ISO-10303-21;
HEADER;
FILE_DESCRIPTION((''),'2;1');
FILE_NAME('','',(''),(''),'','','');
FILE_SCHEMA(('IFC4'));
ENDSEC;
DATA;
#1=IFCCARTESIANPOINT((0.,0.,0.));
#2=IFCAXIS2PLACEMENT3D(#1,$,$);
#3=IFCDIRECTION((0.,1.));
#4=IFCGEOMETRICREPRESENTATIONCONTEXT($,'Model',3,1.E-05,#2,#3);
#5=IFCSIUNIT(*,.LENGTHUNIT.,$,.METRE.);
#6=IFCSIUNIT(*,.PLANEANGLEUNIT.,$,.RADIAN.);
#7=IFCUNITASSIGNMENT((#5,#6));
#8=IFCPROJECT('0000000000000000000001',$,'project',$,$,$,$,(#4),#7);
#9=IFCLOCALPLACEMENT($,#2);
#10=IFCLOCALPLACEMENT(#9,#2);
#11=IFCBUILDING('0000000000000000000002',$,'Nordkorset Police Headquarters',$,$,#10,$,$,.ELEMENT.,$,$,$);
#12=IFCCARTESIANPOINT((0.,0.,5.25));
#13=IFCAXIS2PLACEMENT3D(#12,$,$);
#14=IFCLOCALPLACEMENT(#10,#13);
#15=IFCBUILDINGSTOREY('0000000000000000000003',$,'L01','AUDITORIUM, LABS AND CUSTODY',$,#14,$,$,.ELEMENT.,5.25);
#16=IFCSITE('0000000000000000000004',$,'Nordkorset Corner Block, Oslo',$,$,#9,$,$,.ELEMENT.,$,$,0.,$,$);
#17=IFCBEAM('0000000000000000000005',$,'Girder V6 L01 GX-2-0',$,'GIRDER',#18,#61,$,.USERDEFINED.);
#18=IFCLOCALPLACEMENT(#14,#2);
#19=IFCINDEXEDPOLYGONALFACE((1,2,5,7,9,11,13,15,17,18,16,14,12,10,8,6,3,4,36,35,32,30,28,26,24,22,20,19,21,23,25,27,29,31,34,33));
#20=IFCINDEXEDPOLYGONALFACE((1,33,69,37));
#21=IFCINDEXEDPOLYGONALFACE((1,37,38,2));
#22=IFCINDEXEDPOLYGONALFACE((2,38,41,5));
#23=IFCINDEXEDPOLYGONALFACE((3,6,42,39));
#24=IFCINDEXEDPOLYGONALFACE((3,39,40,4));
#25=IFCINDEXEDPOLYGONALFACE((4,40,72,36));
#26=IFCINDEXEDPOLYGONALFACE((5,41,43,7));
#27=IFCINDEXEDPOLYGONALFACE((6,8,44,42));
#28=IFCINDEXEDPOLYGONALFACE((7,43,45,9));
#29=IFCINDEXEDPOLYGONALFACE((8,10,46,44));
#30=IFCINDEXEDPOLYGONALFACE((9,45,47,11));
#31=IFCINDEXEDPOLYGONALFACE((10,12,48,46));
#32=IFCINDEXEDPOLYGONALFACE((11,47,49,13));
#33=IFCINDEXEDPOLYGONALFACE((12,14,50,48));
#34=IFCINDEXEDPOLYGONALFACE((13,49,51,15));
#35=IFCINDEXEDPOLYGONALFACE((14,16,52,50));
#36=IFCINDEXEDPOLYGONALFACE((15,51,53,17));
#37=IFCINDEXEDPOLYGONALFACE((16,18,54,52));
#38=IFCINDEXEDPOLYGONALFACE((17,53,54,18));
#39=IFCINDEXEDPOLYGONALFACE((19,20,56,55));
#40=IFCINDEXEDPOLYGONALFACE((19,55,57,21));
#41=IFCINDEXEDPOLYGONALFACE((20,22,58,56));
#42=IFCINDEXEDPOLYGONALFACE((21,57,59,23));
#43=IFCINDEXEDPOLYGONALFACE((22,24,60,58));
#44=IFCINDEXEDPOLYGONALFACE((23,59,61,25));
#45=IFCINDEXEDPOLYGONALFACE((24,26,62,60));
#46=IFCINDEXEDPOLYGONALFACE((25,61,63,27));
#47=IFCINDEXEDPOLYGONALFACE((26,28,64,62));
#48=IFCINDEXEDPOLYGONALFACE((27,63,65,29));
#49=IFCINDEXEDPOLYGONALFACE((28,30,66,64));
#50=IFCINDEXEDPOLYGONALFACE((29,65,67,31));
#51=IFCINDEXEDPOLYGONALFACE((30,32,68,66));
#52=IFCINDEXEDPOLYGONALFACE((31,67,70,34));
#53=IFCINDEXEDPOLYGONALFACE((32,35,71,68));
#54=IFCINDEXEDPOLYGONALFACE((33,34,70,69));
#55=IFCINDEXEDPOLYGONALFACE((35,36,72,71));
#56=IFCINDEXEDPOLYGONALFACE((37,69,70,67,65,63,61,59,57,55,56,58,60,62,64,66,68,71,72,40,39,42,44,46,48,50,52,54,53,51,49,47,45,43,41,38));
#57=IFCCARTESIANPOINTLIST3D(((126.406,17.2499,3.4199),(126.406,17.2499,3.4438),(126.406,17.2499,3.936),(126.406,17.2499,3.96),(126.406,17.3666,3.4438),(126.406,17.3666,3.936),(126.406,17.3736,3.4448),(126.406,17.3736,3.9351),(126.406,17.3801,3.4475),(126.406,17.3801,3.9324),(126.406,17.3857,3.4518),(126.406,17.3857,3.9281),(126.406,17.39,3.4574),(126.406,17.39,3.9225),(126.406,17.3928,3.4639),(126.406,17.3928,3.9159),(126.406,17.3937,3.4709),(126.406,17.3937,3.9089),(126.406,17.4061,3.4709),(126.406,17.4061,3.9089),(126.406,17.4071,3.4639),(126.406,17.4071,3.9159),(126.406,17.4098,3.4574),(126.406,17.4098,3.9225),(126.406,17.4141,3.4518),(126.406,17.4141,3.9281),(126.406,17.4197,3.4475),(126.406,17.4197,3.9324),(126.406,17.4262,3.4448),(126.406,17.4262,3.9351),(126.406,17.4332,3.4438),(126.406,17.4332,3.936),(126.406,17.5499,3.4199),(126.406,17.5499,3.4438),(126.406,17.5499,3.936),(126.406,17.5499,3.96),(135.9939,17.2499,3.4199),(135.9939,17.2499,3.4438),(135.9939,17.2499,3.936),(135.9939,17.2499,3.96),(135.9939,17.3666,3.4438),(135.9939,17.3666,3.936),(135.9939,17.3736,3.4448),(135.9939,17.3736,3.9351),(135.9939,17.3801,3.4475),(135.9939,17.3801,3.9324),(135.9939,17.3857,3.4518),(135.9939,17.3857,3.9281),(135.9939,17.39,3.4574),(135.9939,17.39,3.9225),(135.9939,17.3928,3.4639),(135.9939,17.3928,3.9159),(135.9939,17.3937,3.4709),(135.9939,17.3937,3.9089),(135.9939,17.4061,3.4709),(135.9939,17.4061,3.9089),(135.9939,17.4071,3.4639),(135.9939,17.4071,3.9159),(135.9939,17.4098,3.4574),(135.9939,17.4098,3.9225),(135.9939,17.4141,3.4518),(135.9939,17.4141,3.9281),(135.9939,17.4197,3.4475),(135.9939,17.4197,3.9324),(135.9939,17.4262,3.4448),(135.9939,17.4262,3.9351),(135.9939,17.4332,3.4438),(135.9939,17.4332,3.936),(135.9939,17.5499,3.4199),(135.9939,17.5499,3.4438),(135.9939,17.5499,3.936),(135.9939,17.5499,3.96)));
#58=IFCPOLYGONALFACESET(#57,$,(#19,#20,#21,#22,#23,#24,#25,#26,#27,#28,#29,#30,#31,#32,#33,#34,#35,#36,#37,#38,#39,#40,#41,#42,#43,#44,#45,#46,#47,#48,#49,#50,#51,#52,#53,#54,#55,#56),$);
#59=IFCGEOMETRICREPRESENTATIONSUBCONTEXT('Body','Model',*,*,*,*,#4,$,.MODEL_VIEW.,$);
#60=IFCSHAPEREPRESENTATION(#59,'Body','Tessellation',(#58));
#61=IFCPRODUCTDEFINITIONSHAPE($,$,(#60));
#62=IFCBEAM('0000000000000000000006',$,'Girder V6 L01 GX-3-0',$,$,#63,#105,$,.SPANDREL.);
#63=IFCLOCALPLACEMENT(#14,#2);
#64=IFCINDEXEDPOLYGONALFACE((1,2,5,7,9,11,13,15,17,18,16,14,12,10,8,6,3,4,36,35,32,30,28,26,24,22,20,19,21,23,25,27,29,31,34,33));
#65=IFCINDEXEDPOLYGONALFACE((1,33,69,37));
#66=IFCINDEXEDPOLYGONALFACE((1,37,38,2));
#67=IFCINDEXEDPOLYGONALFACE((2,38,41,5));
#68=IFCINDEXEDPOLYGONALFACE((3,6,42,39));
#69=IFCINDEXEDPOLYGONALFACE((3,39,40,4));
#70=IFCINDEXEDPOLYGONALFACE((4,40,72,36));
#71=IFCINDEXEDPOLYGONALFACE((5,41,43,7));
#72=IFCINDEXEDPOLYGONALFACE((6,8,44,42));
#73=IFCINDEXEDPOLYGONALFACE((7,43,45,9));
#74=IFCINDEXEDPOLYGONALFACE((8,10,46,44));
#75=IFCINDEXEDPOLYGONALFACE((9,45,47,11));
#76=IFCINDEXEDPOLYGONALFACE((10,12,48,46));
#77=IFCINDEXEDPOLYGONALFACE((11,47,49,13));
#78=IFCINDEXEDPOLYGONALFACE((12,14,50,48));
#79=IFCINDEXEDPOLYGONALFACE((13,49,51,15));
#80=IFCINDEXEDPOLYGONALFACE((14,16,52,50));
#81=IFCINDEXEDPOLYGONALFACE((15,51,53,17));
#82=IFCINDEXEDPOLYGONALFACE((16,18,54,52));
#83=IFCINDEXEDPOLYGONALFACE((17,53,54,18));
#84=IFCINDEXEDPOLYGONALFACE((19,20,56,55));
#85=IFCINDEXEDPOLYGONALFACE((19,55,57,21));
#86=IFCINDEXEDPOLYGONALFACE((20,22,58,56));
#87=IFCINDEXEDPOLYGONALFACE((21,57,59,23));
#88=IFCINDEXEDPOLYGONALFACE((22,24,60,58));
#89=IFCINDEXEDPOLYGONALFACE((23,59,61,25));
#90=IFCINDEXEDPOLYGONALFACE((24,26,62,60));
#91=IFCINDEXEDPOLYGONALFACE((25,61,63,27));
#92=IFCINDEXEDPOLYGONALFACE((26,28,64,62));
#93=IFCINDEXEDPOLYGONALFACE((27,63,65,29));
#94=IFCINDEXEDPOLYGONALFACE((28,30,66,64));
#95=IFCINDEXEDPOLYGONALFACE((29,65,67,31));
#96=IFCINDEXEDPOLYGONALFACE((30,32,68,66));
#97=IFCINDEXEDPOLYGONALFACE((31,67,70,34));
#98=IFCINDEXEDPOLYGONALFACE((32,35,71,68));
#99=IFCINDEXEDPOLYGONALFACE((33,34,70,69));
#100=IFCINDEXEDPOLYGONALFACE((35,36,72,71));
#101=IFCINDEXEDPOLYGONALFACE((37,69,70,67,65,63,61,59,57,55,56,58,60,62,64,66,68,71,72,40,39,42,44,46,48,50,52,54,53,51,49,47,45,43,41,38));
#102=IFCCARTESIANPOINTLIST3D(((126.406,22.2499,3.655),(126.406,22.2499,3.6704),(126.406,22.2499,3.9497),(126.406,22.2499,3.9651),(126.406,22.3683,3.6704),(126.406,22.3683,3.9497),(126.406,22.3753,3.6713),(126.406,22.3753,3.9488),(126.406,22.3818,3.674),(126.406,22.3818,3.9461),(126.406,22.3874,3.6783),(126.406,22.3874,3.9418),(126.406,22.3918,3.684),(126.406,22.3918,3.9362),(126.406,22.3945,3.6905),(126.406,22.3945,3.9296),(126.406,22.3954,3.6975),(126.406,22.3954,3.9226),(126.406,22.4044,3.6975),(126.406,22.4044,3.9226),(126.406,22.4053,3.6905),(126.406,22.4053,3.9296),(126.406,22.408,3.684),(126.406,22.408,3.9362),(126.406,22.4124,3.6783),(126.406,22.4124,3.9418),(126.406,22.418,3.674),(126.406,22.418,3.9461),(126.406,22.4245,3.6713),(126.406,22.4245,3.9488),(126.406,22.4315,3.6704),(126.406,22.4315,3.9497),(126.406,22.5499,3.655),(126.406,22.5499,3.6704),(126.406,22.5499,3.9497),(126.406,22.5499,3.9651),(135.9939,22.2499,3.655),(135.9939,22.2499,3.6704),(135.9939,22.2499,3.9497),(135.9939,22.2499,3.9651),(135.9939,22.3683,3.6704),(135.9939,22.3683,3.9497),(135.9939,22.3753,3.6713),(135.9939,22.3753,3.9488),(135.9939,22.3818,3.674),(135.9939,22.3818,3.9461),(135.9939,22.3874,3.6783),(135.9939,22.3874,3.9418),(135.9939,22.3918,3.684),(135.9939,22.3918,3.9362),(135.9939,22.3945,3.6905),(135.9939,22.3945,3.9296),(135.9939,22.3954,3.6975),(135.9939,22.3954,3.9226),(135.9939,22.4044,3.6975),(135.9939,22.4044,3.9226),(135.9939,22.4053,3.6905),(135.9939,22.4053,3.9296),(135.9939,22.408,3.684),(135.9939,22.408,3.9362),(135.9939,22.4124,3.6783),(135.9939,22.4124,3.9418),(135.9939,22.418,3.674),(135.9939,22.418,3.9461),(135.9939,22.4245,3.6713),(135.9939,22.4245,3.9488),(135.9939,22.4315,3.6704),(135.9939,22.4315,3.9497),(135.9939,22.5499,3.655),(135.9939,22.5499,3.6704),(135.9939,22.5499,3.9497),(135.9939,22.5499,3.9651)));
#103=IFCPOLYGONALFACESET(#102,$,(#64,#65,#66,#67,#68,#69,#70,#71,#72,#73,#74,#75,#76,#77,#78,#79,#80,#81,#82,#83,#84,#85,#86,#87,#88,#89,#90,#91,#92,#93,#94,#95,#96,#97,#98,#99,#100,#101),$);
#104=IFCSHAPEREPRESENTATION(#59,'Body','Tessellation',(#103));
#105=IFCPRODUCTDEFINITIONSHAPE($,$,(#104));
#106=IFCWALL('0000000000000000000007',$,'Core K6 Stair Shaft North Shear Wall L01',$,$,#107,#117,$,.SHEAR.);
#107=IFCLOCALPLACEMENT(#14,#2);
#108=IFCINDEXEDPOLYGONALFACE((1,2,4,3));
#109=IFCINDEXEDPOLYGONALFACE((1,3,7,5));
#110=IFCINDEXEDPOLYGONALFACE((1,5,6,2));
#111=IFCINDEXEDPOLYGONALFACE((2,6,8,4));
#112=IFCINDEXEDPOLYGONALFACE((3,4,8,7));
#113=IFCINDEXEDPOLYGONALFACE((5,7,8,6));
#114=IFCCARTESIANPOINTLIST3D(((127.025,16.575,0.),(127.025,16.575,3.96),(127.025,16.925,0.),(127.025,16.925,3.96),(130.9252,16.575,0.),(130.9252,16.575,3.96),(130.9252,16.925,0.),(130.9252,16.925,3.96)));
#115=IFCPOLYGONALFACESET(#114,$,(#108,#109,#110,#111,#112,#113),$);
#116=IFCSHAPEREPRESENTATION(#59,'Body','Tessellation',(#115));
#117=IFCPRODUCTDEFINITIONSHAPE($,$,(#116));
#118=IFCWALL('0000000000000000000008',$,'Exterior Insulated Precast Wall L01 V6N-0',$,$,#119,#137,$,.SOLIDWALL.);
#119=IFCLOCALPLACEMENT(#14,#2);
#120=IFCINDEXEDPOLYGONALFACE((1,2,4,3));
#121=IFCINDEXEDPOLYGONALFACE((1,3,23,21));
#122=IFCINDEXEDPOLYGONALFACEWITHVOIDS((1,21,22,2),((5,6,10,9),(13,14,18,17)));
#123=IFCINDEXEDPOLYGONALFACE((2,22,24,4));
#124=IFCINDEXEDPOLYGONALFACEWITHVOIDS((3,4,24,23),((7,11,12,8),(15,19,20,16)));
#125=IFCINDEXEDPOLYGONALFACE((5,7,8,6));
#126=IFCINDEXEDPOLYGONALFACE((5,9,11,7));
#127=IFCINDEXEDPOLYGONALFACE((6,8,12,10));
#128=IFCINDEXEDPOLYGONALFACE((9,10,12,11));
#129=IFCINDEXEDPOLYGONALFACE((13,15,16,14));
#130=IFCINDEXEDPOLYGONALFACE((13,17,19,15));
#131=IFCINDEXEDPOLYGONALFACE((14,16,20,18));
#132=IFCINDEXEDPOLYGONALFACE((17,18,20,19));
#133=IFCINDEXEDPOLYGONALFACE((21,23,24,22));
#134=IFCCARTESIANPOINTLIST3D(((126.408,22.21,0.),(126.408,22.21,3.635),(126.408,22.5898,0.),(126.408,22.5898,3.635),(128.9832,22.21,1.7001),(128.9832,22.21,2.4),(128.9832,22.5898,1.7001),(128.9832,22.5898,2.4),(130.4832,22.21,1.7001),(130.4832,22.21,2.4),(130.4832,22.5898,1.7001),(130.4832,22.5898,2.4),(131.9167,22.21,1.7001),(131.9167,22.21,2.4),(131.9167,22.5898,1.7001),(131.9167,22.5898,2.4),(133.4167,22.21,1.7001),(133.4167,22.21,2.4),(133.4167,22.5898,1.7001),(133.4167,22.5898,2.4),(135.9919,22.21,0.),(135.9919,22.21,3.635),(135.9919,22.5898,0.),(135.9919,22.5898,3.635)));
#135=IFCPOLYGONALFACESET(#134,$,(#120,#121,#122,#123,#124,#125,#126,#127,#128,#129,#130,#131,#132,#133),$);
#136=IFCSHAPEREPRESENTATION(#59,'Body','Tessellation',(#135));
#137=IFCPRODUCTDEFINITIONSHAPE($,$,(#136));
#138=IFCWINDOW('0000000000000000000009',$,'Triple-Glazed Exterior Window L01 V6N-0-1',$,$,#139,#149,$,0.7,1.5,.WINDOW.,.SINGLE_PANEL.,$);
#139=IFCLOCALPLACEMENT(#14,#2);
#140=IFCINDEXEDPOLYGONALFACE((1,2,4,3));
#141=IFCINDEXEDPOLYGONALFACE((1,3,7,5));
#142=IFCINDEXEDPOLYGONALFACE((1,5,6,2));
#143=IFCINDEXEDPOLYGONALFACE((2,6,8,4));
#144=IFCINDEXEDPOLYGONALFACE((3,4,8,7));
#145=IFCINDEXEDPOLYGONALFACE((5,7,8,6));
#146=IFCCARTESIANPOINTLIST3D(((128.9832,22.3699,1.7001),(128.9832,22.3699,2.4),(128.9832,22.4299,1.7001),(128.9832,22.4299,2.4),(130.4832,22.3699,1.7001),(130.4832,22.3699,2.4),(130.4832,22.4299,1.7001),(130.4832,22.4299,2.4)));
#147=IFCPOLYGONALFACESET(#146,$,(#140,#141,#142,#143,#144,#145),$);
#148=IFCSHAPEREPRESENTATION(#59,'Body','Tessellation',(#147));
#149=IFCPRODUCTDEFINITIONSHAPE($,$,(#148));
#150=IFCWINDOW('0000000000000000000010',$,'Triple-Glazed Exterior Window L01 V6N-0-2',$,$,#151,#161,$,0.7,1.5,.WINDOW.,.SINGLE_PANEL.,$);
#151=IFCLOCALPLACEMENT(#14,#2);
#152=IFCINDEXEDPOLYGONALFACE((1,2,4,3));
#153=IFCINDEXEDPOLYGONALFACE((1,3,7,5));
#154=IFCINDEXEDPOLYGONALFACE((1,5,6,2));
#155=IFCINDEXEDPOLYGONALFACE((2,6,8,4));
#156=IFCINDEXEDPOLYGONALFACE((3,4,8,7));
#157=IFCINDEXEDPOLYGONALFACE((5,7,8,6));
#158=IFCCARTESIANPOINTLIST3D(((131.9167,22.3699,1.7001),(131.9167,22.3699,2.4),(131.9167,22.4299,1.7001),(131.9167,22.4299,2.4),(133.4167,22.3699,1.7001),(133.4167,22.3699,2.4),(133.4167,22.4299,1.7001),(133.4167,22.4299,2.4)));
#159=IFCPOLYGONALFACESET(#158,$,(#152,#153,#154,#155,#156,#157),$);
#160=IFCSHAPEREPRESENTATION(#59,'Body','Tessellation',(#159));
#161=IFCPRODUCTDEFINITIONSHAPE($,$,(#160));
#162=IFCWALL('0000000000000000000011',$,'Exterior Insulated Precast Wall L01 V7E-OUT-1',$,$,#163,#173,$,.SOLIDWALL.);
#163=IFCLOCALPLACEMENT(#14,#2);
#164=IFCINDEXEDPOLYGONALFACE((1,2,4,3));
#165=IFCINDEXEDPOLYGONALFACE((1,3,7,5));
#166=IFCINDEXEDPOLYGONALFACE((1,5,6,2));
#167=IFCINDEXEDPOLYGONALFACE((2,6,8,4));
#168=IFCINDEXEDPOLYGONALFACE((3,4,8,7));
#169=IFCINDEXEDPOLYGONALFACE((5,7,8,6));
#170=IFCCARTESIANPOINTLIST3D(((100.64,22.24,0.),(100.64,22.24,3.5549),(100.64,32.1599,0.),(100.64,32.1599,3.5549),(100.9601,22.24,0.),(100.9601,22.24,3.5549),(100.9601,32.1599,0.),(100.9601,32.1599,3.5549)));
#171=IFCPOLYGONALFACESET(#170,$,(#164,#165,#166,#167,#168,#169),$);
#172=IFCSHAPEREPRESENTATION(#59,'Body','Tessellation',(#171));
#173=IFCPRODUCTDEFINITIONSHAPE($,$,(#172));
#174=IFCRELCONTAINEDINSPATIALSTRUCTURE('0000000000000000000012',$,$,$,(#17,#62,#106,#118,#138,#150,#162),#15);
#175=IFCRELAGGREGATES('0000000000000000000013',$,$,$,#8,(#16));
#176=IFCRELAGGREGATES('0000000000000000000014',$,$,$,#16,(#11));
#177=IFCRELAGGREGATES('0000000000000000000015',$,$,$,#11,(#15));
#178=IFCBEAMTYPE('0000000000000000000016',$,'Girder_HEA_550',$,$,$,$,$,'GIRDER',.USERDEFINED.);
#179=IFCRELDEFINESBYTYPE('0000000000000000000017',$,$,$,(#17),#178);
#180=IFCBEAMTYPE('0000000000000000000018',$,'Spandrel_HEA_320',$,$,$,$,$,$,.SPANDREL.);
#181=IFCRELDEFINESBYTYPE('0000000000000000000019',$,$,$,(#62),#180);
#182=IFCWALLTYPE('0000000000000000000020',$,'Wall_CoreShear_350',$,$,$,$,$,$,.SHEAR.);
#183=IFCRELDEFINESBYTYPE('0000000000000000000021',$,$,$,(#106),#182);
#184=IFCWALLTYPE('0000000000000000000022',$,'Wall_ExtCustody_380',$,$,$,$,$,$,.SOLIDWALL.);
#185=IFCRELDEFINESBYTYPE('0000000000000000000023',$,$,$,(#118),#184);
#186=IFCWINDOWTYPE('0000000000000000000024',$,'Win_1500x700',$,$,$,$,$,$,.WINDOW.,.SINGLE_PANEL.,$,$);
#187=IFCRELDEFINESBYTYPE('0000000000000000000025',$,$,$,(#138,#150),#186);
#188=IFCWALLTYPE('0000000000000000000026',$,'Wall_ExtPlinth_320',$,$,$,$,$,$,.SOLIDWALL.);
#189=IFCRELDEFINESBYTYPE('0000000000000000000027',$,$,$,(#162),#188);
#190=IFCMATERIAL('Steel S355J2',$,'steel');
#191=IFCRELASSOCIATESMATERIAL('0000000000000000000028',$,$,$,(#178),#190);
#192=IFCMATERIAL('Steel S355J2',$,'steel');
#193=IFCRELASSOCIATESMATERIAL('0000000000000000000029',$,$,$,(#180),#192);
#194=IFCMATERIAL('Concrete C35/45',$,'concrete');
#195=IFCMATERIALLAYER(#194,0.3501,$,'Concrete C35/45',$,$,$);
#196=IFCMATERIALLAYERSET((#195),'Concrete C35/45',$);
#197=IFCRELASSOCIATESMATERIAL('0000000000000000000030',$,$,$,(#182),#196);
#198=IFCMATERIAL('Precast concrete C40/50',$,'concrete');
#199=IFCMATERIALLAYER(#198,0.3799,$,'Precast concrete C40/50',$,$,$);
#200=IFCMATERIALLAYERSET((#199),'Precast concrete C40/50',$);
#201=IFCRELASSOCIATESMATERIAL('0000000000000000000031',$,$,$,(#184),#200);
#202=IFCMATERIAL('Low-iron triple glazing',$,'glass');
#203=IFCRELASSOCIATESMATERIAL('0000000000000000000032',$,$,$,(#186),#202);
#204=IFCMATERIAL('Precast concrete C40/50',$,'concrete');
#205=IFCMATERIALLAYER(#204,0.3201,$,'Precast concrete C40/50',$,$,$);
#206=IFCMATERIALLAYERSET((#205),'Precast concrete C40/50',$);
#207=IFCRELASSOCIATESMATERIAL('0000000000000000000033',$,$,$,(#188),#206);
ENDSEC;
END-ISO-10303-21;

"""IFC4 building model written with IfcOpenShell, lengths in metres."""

from ifc_helpers import new_model, si_unit, direction, frame, frame_2d, origin, origin_2d, place, context, subcontext, project, spatial, rectangle, i_section, extrude, material, layer, layer_set, material_profile, profile_set, type_object, element, fill, save


model = new_model("IFC4")

# Units and contexts
model_context = context("Model", 3, precision=1e-05, world=origin(), true_north=direction((0.0, 1.0)))
body_context = subcontext(model_context, "Body", "Model", "MODEL_VIEW")
ifc_project = project(units=[si_unit("LENGTHUNIT", "METRE"), si_unit("PLANEANGLEUNIT", "RADIAN")], contexts=[model_context])

# Site, building, storey
site_placement = place(None, origin())
site = spatial("IfcSite", under=ifc_project, at=site_placement, Name="Nordkorset Corner Block, Oslo", CompositionType="ELEMENT", RefElevation=0.0)
building_placement = place(site_placement, origin())
building = spatial("IfcBuilding", under=site, at=building_placement, Name="Nordkorset Police Headquarters", CompositionType="ELEMENT")
storey_placement = place(building_placement, frame((0.0, 0.0, 5.25)))
storey = spatial("IfcBuildingStorey", under=building, at=storey_placement, Name="L01", Description="AUDITORIUM, LABS AND CUSTODY", CompositionType="ELEMENT", Elevation=5.25)

# Beams
ifc_material_1 = material(Name="Steel S355J2", Category="steel")
ifc_material_profile_1 = material_profile(ifc_material_1, i_section(OverallWidth=0.3, OverallDepth=0.54, WebThickness=0.0125, FlangeThickness=0.0239, FilletRadius=0.0271, at=origin_2d()), Name="HEA 550")
ifc_profile_set_1 = profile_set([ifc_material_profile_1], Name="Steel S355J2")
beam_type_1 = type_object("IfcBeamType", Name="Girder_HEA_550", ElementType="GIRDER", PredefinedType="USERDEFINED", material=ifc_profile_set_1)
beam_1_placement = place(storey_placement, frame((126.406, 17.3999, 3.6899), z_axis=(1.0, 0.0, 0.0), x_axis=(0.0, 1.0, 0.0)))
element("IfcBeam", 1, at=beam_1_placement, inside=storey, type_object=beam_type_1, Name="Girder V6 L01 GX-2-0", ObjectType="GIRDER", PredefinedType="USERDEFINED", context=body_context, shape_type="SweptSolid", body=[
    extrude(i_section(OverallWidth=0.3, OverallDepth=0.54, WebThickness=0.0125, FlangeThickness=0.0239, FilletRadius=0.0271, at=origin_2d()), origin(), (0.0, 0.0, 1.0), 9.5879),
])
ifc_material_2 = material(Name="Steel S355J2", Category="steel")
ifc_material_profile_2 = material_profile(ifc_material_2, i_section(OverallWidth=0.3, OverallDepth=0.3101, WebThickness=0.009, FlangeThickness=0.0154, FilletRadius=0.0271, at=origin_2d()), Name="HEA 320")
ifc_profile_set_2 = profile_set([ifc_material_profile_2], Name="Steel S355J2")
beam_type_2 = type_object("IfcBeamType", Name="Spandrel_HEA_320", PredefinedType="SPANDREL", material=ifc_profile_set_2)
beam_2_placement = place(storey_placement, frame((126.406, 22.3999, 3.8101), z_axis=(1.0, 0.0, 0.0), x_axis=(0.0, 1.0, 0.0)))
element("IfcBeam", 2, at=beam_2_placement, inside=storey, type_object=beam_type_2, Name="Girder V6 L01 GX-3-0", PredefinedType="SPANDREL", context=body_context, shape_type="SweptSolid", body=[
    extrude(i_section(OverallWidth=0.3, OverallDepth=0.3101, WebThickness=0.009, FlangeThickness=0.0154, FilletRadius=0.0271, at=origin_2d()), origin(), (0.0, 0.0, 1.0), 9.5879),
])

# Wall
ifc_material_3 = material(Name="Concrete C35/45", Category="concrete")
ifc_layer_1 = layer(ifc_material_3, 0.3501, Name="Concrete C35/45")
ifc_layer_set_1 = layer_set([ifc_layer_1], Name="Concrete C35/45")
wall_type_1 = type_object("IfcWallType", Name="Wall_CoreShear_350", PredefinedType="SHEAR", material=ifc_layer_set_1)
wall_1_placement = place(storey_placement, frame((127.0249, 16.75, 0.0), z_axis=(0.0, 0.0, 1.0), x_axis=(1.0, 0.0, 0.0)))
element("IfcWall", 3, at=wall_1_placement, inside=storey, type_object=wall_type_1, Name="Core K6 Stair Shaft North Shear Wall L01", PredefinedType="SHEAR", context=body_context, shape_type="SweptSolid", body=[
    extrude(rectangle(XDim=3.9001, YDim=0.3501, at=frame_2d((1.9502, 0.0))), origin(), (0.0, 0.0, 1.0), 3.96),
])

# Wall, openings, windows
ifc_material_4 = material(Name="Precast concrete C40/50", Category="concrete")
ifc_layer_2 = layer(ifc_material_4, 0.3799, Name="Precast concrete C40/50")
ifc_layer_set_2 = layer_set([ifc_layer_2], Name="Precast concrete C40/50")
wall_type_2 = type_object("IfcWallType", Name="Wall_ExtCustody_380", PredefinedType="SOLIDWALL", material=ifc_layer_set_2)
wall_2_placement = place(storey_placement, frame((126.408, 22.3999, 0.0), z_axis=(0.0, 0.0, 1.0), x_axis=(1.0, 0.0, 0.0)))
wall_2 = element("IfcWall", 4, at=wall_2_placement, inside=storey, type_object=wall_type_2, Name="Exterior Insulated Precast Wall L01 V6N-0", PredefinedType="SOLIDWALL", context=body_context, shape_type="SweptSolid", body=[
    extrude(rectangle(XDim=9.584, YDim=0.3799, at=frame_2d((4.792, 0.0))), origin(), (0.0, 0.0, 1.0), 3.635),
])
opening_1_placement = place(wall_2_placement, frame((2.5752, 0.0, 1.7)))
opening_1 = element("IfcOpeningElement", 5, at=opening_1_placement, cuts=wall_2, PredefinedType="OPENING", context=body_context, shape_type="SweptSolid", body=[
    extrude(rectangle(XDim=1.5, YDim=0.7, at=frame_2d((0.75, 0.3501))), frame((0.0, 0.2, 0.0), z_axis=(0.0, -1.0, 0.0), x_axis=(1.0, 0.0, 0.0)), (0.0, 0.0, 1.0), 0.3999),
])
opening_2_placement = place(wall_2_placement, frame((5.5088, 0.0, 1.7)))
opening_2 = element("IfcOpeningElement", 6, at=opening_2_placement, cuts=wall_2, PredefinedType="OPENING", context=body_context, shape_type="SweptSolid", body=[
    extrude(rectangle(XDim=1.5, YDim=0.7, at=frame_2d((0.75, 0.3501))), frame((0.0, 0.2, 0.0), z_axis=(0.0, -1.0, 0.0), x_axis=(1.0, 0.0, 0.0)), (0.0, 0.0, 1.0), 0.3999),
])
ifc_material_5 = material(Name="Low-iron triple glazing", Category="glass")
window_type_1 = type_object("IfcWindowType", Name="Win_1500x700", PartitioningType="SINGLE_PANEL", PredefinedType="WINDOW", material=ifc_material_5)
window_1_placement = place(opening_1_placement, origin())
window_1 = element("IfcWindow", 7, at=window_1_placement, inside=storey, type_object=window_type_1, Name="Triple-Glazed Exterior Window L01 V6N-0-1", OverallHeight=0.7, OverallWidth=1.5, PartitioningType="SINGLE_PANEL", PredefinedType="WINDOW", context=body_context, shape_type="SweptSolid", body=[
    extrude(rectangle(XDim=1.5, YDim=0.7, at=frame_2d((0.75, 0.3501))), frame((0.0, 0.03, 0.0), z_axis=(0.0, -1.0, 0.0), x_axis=(1.0, 0.0, 0.0)), (0.0, 0.0, 1.0), 0.0601),
])
fill(opening_1, window_1)
window_2_placement = place(opening_2_placement, origin())
window_2 = element("IfcWindow", 8, at=window_2_placement, inside=storey, type_object=window_type_1, Name="Triple-Glazed Exterior Window L01 V6N-0-2", OverallHeight=0.7, OverallWidth=1.5, PartitioningType="SINGLE_PANEL", PredefinedType="WINDOW", context=body_context, shape_type="SweptSolid", body=[
    extrude(rectangle(XDim=1.5, YDim=0.7, at=frame_2d((0.75, 0.3501))), frame((0.0, 0.03, 0.0), z_axis=(0.0, -1.0, 0.0), x_axis=(1.0, 0.0, 0.0)), (0.0, 0.0, 1.0), 0.0601),
])
fill(opening_2, window_2)

# Wall
ifc_material_6 = material(Name="Precast concrete C40/50", Category="concrete")
ifc_layer_3 = layer(ifc_material_6, 0.3201, Name="Precast concrete C40/50")
ifc_layer_set_3 = layer_set([ifc_layer_3], Name="Precast concrete C40/50")
wall_type_3 = type_object("IfcWallType", Name="Wall_ExtPlinth_320", PredefinedType="SOLIDWALL", material=ifc_layer_set_3)
wall_3_placement = place(storey_placement, frame((100.8, 22.24, 0.0), z_axis=(0.0, 0.0, 1.0), x_axis=(0.0, 1.0, 0.0)))
element("IfcWall", 9, at=wall_3_placement, inside=storey, type_object=wall_type_3, Name="Exterior Insulated Precast Wall L01 V7E-OUT-1", PredefinedType="SOLIDWALL", context=body_context, shape_type="SweptSolid", body=[
    extrude(rectangle(XDim=9.9199, YDim=0.3201, at=frame_2d((4.96, 0.0))), origin(), (0.0, 0.0, 1.0), 3.5549),
])

save(model, "model.ifc")
